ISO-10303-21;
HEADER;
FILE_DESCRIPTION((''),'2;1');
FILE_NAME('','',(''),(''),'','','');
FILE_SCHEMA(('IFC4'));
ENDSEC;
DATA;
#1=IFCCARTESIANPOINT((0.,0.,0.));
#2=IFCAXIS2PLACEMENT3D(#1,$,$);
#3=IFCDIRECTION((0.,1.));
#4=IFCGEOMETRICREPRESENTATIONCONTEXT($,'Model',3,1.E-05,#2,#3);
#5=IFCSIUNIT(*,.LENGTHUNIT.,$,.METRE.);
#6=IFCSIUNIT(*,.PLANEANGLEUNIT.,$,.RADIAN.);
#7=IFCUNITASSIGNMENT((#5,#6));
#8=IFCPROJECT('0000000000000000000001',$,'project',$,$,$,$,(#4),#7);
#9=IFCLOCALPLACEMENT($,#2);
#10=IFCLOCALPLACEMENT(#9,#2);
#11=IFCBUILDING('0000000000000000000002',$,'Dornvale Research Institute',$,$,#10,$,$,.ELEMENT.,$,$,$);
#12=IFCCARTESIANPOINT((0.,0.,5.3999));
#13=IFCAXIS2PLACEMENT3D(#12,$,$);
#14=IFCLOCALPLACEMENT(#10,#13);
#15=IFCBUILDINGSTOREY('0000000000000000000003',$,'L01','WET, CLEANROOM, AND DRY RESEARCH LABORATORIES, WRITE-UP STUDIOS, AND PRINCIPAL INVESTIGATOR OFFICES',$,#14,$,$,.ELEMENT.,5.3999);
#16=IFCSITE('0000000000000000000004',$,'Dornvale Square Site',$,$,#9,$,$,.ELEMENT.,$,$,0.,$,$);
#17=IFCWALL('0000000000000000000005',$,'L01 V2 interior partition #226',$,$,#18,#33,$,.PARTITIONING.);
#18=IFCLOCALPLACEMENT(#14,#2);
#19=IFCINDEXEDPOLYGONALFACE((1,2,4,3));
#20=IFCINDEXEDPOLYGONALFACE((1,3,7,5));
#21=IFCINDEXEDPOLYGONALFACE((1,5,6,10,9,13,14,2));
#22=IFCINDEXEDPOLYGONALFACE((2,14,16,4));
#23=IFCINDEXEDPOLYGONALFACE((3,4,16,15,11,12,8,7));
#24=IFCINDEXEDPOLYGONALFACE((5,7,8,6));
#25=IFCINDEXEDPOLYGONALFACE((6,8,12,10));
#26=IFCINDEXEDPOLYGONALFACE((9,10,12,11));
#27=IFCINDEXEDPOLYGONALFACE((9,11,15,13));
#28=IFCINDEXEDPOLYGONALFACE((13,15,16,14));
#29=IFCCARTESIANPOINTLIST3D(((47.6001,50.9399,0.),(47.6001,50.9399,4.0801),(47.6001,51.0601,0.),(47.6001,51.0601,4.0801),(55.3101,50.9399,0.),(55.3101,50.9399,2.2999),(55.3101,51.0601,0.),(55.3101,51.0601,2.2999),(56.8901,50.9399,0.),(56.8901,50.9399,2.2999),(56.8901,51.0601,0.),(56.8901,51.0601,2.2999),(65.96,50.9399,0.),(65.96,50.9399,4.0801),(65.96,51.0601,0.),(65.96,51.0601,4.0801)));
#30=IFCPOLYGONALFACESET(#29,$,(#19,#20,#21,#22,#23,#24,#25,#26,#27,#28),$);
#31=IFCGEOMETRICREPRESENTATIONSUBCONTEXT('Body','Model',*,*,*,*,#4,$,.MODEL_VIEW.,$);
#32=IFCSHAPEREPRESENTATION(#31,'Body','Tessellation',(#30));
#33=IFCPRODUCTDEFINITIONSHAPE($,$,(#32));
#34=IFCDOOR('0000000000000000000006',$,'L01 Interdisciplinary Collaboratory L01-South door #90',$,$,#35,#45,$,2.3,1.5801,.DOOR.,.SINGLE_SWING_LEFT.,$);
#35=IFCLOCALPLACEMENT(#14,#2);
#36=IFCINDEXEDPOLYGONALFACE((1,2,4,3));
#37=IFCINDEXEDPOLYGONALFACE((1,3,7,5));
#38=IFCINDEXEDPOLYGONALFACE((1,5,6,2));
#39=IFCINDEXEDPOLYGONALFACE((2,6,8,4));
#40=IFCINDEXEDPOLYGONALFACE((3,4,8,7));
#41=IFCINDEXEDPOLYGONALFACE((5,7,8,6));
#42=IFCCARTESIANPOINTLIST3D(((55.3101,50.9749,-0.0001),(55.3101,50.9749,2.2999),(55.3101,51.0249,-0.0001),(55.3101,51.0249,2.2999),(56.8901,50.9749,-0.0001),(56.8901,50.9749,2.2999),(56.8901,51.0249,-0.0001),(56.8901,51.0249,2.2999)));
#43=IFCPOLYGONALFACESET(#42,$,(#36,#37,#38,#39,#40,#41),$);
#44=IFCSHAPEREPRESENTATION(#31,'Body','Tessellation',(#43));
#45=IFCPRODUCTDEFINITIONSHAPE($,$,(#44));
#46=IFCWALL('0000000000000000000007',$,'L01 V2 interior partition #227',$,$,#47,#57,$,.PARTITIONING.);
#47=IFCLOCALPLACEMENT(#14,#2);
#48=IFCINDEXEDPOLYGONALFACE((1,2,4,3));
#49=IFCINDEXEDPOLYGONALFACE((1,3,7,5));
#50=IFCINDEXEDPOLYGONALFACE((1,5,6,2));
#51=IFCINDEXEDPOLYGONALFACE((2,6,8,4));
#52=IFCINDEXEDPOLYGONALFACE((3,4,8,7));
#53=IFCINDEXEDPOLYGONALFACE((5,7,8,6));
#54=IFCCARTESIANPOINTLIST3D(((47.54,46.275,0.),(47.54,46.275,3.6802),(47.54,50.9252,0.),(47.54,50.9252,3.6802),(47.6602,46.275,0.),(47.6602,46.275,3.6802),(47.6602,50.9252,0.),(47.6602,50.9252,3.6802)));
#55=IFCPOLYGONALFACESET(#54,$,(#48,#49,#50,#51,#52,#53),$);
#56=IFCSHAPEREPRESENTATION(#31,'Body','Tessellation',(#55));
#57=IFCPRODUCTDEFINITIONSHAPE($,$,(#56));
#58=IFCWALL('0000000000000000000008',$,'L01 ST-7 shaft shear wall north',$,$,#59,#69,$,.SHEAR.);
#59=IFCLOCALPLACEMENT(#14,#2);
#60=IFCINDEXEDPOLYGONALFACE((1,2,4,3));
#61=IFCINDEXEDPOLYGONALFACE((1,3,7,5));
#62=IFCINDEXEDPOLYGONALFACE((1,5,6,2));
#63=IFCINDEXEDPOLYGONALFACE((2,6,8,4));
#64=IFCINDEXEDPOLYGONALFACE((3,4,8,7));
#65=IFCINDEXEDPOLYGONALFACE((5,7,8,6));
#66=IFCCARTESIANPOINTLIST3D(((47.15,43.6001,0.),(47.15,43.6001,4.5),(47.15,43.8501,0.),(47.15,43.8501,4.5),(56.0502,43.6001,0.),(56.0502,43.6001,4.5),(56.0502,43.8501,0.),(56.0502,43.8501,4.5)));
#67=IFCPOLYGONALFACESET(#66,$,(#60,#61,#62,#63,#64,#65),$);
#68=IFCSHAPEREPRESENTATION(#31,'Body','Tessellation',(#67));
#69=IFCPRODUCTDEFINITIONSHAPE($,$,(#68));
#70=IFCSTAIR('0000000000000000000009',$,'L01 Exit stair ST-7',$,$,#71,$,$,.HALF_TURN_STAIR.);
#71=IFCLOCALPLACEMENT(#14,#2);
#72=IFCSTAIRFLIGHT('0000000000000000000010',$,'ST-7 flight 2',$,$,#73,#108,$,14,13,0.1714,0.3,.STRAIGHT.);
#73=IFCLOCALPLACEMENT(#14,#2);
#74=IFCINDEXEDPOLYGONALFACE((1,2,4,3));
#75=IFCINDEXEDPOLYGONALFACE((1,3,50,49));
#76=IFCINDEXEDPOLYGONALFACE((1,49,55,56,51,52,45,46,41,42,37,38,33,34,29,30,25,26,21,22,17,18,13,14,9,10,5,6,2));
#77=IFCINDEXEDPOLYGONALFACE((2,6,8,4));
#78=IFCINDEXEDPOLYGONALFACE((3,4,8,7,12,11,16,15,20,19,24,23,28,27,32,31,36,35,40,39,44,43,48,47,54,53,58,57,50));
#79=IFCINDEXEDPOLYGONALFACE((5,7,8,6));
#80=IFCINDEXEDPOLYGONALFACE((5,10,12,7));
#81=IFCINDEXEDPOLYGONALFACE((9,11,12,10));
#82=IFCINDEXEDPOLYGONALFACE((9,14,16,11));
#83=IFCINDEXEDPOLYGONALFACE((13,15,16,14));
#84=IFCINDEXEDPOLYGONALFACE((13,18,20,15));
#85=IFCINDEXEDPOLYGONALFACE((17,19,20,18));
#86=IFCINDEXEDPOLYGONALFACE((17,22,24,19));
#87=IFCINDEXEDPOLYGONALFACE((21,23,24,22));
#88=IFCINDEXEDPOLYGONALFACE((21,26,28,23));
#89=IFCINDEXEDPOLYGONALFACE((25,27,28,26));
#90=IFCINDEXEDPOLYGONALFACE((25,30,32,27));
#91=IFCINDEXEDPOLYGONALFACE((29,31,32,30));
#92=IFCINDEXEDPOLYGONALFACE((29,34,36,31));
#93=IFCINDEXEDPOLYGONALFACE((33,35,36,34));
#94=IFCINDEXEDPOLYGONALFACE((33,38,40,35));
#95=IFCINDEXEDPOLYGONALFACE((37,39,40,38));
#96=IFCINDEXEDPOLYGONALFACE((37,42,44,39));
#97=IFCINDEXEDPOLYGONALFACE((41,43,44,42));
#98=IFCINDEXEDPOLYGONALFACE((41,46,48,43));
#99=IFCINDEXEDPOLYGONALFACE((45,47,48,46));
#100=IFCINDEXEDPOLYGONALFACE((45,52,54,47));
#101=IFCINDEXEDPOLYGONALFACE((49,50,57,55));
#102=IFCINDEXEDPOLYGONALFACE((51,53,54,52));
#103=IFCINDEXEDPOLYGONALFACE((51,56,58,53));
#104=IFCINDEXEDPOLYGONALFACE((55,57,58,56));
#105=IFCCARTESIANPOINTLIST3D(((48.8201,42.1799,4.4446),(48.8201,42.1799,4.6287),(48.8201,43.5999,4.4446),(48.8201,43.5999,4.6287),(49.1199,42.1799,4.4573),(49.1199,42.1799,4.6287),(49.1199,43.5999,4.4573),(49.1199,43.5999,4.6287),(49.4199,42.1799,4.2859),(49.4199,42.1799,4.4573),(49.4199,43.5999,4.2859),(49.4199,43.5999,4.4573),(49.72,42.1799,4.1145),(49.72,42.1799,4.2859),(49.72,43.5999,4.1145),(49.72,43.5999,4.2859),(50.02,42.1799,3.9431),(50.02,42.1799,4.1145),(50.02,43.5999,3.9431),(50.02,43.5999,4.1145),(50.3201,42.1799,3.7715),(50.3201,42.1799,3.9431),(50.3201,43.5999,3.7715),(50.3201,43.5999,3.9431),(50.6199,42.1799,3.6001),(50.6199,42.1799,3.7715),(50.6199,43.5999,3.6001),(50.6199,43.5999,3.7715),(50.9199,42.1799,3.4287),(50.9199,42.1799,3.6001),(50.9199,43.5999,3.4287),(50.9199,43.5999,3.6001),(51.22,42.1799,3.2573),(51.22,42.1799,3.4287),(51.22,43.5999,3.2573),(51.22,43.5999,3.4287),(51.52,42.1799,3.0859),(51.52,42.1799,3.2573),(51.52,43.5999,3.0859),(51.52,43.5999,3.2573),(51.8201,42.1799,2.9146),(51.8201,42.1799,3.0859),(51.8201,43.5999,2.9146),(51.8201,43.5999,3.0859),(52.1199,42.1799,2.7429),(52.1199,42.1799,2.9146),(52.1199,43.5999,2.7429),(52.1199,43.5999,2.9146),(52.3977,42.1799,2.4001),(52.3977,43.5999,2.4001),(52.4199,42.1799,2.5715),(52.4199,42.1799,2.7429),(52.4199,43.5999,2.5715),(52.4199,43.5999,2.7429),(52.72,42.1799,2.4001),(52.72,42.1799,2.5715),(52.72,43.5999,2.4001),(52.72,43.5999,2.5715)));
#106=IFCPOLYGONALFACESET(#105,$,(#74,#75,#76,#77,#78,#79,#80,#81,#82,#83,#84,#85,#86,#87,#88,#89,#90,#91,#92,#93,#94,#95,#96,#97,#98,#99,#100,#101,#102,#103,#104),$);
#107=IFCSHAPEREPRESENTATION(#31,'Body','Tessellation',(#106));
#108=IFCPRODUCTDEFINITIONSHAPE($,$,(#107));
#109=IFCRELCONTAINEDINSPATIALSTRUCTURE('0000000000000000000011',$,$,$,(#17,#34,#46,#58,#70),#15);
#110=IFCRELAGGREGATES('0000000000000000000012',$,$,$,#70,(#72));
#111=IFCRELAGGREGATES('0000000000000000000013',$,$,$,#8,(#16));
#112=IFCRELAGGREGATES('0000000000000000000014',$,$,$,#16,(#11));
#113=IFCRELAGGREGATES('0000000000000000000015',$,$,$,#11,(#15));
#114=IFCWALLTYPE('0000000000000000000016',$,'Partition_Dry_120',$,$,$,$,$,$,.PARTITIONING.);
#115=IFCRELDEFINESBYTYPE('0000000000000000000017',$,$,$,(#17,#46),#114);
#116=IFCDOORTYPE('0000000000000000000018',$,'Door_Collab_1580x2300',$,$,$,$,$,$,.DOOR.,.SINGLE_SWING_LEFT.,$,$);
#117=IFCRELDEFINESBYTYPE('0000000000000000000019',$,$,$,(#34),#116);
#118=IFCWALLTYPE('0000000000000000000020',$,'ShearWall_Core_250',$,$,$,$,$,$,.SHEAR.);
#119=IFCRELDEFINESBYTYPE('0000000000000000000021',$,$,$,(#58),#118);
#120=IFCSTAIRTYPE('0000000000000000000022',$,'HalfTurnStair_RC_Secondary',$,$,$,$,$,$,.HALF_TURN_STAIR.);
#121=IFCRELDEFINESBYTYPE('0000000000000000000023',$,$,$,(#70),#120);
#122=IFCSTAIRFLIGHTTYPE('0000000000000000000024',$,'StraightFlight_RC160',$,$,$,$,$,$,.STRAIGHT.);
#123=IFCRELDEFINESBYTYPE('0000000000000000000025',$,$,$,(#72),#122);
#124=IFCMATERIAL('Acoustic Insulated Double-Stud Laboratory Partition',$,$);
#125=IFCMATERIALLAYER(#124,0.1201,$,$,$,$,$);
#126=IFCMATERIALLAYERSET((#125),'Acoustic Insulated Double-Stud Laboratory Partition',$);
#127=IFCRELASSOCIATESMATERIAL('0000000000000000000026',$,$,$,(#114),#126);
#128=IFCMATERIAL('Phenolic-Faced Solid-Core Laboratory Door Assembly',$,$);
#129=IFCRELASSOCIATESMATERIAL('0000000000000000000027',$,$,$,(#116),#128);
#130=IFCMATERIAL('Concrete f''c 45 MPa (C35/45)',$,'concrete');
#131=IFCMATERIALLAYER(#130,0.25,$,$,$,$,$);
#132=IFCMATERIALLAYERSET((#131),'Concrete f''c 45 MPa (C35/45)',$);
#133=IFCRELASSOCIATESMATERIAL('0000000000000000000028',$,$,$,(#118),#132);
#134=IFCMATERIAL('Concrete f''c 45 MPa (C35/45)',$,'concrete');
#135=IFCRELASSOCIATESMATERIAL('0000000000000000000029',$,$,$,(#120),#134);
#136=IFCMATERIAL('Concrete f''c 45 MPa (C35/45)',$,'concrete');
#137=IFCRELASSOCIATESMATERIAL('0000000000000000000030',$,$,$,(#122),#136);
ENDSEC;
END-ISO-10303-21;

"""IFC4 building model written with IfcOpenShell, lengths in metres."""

from ifc_helpers import new_model, si_unit, direction, frame, frame_2d, origin, place, context, subcontext, project, spatial, polyline, rectangle, outline, extrude, material, layer, layer_set, type_object, element, fill, aggregate, save


model = new_model("IFC4")

# Units and contexts
model_context = context("Model", 3, precision=1e-05, world=origin(), true_north=direction((0.0, 1.0)))
body_context = subcontext(model_context, "Body", "Model", "MODEL_VIEW")
ifc_project = project(units=[si_unit("LENGTHUNIT", "METRE"), si_unit("PLANEANGLEUNIT", "RADIAN")], contexts=[model_context])

# Site, building, storey
site_placement = place(None, origin())
site = spatial("IfcSite", under=ifc_project, at=site_placement, Name="Dornvale Square Site", CompositionType="ELEMENT", RefElevation=0.0)
building_placement = place(site_placement, origin())
building = spatial("IfcBuilding", under=site, at=building_placement, Name="Dornvale Research Institute", CompositionType="ELEMENT")
storey_placement = place(building_placement, frame((0.0, 0.0, 5.3999)))
storey = spatial("IfcBuildingStorey", under=building, at=storey_placement, Name="L01", Description="WET, CLEANROOM, AND DRY RESEARCH LABORATORIES, WRITE-UP STUDIOS, AND PRINCIPAL INVESTIGATOR OFFICES", CompositionType="ELEMENT", Elevation=5.3999)

# Shared definitions
ifc_material_1 = material(Name="Acoustic Insulated Double-Stud Laboratory Partition")
ifc_layer_1 = layer(ifc_material_1, 0.1201)
ifc_layer_set_1 = layer_set([ifc_layer_1], Name="Acoustic Insulated Double-Stud Laboratory Partition")
wall_type_1 = type_object("IfcWallType", Name="Partition_Dry_120", PredefinedType="PARTITIONING", material=ifc_layer_set_1)

# Wall, opening, door
wall_1_placement = place(storey_placement, frame((47.6001, 51.0, 0.0), z_axis=(0.0, 0.0, 1.0), x_axis=(1.0, 0.0, 0.0)))
wall_1 = element("IfcWall", 1, at=wall_1_placement, inside=storey, type_object=wall_type_1, Name="L01 V2 interior partition #226", PredefinedType="PARTITIONING", context=body_context, shape_type="SweptSolid", body=[
    extrude(rectangle(XDim=18.3599, YDim=0.1201, at=frame_2d((9.1799, 0.0))), origin(), (0.0, 0.0, 1.0), 4.0801),
])
opening_placement = place(wall_1_placement, frame((7.71, 0.0, 0.0)))
opening = element("IfcOpeningElement", 2, at=opening_placement, cuts=wall_1, PredefinedType="OPENING", context=body_context, shape_type="SweptSolid", body=[
    extrude(rectangle(XDim=1.5801, YDim=2.3, at=frame_2d((0.79, 1.1499))), frame((0.0, 0.075, 0.0), z_axis=(0.0, -1.0, 0.0), x_axis=(1.0, 0.0, 0.0)), (0.0, 0.0, 1.0), 0.1501),
])
ifc_material_2 = material(Name="Phenolic-Faced Solid-Core Laboratory Door Assembly")
door_type = type_object("IfcDoorType", Name="Door_Collab_1580x2300", OperationType="SINGLE_SWING_LEFT", PredefinedType="DOOR", material=ifc_material_2)
door_placement = place(opening_placement, origin())
door = element("IfcDoor", 3, at=door_placement, inside=storey, type_object=door_type, Name="L01 Interdisciplinary Collaboratory L01-South door #90", OperationType="SINGLE_SWING_LEFT", OverallHeight=2.3, OverallWidth=1.5801, PredefinedType="DOOR", context=body_context, shape_type="SweptSolid", body=[
    extrude(rectangle(XDim=1.5801, YDim=2.3, at=frame_2d((0.79, 1.1499))), frame((0.0, 0.0249, 0.0), z_axis=(0.0, -1.0, 0.0), x_axis=(1.0, 0.0, 0.0)), (0.0, 0.0, 1.0), 0.05),
])
fill(opening, door)

# Walls
wall_2_placement = place(storey_placement, frame((47.6001, 46.2749, 0.0), z_axis=(0.0, 0.0, 1.0), x_axis=(0.0, 1.0, 0.0)))
element("IfcWall", 4, at=wall_2_placement, inside=storey, type_object=wall_type_1, Name="L01 V2 interior partition #227", PredefinedType="PARTITIONING", context=body_context, shape_type="SweptSolid", body=[
    extrude(rectangle(XDim=4.6501, YDim=0.1201, at=frame_2d((2.3252, 0.0))), origin(), (0.0, 0.0, 1.0), 3.6802),
])
ifc_material_3 = material(Name="Concrete f'c 45 MPa (C35/45)", Category="concrete")
ifc_layer_2 = layer(ifc_material_3, 0.25)
ifc_layer_set_2 = layer_set([ifc_layer_2], Name="Concrete f'c 45 MPa (C35/45)")
wall_type_2 = type_object("IfcWallType", Name="ShearWall_Core_250", PredefinedType="SHEAR", material=ifc_layer_set_2)
wall_3_placement = place(storey_placement, frame((47.1499, 43.7251, 0.0), z_axis=(0.0, 0.0, 1.0), x_axis=(1.0, 0.0, 0.0)))
element("IfcWall", 5, at=wall_3_placement, inside=storey, type_object=wall_type_2, Name="L01 ST-7 shaft shear wall north", PredefinedType="SHEAR", context=body_context, shape_type="SweptSolid", body=[
    extrude(rectangle(XDim=8.9001, YDim=0.25, at=frame_2d((4.4502, 0.0))), origin(), (0.0, 0.0, 1.0), 4.5),
])

# Stair, stair flight
ifc_material_4 = material(Name="Concrete f'c 45 MPa (C35/45)", Category="concrete")
stair_type = type_object("IfcStairType", Name="HalfTurnStair_RC_Secondary", PredefinedType="HALF_TURN_STAIR", material=ifc_material_4)
stair_placement = place(storey_placement, origin())
stair = element("IfcStair", 6, at=stair_placement, inside=storey, type_object=stair_type, Name="L01 Exit stair ST-7", PredefinedType="HALF_TURN_STAIR")
ifc_material_5 = material(Name="Concrete f'c 45 MPa (C35/45)", Category="concrete")
stair_flight_type = type_object("IfcStairFlightType", Name="StraightFlight_RC160", PredefinedType="STRAIGHT", material=ifc_material_5)
stair_flight_placement = place(storey_placement, frame((52.72, 42.8899, 2.4001), z_axis=(0.0, 0.0, 1.0), x_axis=(-1.0, 0.0, 0.0)))
stair_flight = element("IfcStairFlight", 7, at=stair_flight_placement, type_object=stair_flight_type, Name="ST-7 flight 2", NumberOfRisers=14, NumberOfTreads=13, PredefinedType="STRAIGHT", RiserHeight=0.1714, TreadLength=0.3, context=body_context, shape_type="SweptSolid", body=[
    extrude(outline(polyline([(0.0, 0.0), (0.0, 0.1714), (0.3, 0.1714), (0.3, 0.3428), (0.6001, 0.3428), (0.6001, 0.5144), (0.8999, 0.5144), (0.8999, 0.6858), (1.2, 0.6858), (1.2, 0.8572), (1.5, 0.8572), (1.5, 1.0286), (1.8, 1.0286), (1.8, 1.2), (2.1001, 1.2), (2.1001, 1.3713), (2.3999, 1.3713), (2.3999, 1.543), (2.7, 1.543), (2.7, 1.7144), (3.0, 1.7144), (3.0, 1.8857), (3.3, 1.8857), (3.3, 2.0571), (3.6001, 2.0571), (3.6001, 2.2285), (3.8999, 2.2285), (3.8999, 2.3999), (3.8999, 2.0444), (0.3223, 0.0), (0.0, 0.0)])), frame((0.0, 0.71, 0.0), z_axis=(0.0, -1.0, 0.0), x_axis=(1.0, 0.0, 0.0)), (0.0, 0.0, 1.0), 1.4199),
])
aggregate(stair, [stair_flight])

save(model, "model.ifc")
